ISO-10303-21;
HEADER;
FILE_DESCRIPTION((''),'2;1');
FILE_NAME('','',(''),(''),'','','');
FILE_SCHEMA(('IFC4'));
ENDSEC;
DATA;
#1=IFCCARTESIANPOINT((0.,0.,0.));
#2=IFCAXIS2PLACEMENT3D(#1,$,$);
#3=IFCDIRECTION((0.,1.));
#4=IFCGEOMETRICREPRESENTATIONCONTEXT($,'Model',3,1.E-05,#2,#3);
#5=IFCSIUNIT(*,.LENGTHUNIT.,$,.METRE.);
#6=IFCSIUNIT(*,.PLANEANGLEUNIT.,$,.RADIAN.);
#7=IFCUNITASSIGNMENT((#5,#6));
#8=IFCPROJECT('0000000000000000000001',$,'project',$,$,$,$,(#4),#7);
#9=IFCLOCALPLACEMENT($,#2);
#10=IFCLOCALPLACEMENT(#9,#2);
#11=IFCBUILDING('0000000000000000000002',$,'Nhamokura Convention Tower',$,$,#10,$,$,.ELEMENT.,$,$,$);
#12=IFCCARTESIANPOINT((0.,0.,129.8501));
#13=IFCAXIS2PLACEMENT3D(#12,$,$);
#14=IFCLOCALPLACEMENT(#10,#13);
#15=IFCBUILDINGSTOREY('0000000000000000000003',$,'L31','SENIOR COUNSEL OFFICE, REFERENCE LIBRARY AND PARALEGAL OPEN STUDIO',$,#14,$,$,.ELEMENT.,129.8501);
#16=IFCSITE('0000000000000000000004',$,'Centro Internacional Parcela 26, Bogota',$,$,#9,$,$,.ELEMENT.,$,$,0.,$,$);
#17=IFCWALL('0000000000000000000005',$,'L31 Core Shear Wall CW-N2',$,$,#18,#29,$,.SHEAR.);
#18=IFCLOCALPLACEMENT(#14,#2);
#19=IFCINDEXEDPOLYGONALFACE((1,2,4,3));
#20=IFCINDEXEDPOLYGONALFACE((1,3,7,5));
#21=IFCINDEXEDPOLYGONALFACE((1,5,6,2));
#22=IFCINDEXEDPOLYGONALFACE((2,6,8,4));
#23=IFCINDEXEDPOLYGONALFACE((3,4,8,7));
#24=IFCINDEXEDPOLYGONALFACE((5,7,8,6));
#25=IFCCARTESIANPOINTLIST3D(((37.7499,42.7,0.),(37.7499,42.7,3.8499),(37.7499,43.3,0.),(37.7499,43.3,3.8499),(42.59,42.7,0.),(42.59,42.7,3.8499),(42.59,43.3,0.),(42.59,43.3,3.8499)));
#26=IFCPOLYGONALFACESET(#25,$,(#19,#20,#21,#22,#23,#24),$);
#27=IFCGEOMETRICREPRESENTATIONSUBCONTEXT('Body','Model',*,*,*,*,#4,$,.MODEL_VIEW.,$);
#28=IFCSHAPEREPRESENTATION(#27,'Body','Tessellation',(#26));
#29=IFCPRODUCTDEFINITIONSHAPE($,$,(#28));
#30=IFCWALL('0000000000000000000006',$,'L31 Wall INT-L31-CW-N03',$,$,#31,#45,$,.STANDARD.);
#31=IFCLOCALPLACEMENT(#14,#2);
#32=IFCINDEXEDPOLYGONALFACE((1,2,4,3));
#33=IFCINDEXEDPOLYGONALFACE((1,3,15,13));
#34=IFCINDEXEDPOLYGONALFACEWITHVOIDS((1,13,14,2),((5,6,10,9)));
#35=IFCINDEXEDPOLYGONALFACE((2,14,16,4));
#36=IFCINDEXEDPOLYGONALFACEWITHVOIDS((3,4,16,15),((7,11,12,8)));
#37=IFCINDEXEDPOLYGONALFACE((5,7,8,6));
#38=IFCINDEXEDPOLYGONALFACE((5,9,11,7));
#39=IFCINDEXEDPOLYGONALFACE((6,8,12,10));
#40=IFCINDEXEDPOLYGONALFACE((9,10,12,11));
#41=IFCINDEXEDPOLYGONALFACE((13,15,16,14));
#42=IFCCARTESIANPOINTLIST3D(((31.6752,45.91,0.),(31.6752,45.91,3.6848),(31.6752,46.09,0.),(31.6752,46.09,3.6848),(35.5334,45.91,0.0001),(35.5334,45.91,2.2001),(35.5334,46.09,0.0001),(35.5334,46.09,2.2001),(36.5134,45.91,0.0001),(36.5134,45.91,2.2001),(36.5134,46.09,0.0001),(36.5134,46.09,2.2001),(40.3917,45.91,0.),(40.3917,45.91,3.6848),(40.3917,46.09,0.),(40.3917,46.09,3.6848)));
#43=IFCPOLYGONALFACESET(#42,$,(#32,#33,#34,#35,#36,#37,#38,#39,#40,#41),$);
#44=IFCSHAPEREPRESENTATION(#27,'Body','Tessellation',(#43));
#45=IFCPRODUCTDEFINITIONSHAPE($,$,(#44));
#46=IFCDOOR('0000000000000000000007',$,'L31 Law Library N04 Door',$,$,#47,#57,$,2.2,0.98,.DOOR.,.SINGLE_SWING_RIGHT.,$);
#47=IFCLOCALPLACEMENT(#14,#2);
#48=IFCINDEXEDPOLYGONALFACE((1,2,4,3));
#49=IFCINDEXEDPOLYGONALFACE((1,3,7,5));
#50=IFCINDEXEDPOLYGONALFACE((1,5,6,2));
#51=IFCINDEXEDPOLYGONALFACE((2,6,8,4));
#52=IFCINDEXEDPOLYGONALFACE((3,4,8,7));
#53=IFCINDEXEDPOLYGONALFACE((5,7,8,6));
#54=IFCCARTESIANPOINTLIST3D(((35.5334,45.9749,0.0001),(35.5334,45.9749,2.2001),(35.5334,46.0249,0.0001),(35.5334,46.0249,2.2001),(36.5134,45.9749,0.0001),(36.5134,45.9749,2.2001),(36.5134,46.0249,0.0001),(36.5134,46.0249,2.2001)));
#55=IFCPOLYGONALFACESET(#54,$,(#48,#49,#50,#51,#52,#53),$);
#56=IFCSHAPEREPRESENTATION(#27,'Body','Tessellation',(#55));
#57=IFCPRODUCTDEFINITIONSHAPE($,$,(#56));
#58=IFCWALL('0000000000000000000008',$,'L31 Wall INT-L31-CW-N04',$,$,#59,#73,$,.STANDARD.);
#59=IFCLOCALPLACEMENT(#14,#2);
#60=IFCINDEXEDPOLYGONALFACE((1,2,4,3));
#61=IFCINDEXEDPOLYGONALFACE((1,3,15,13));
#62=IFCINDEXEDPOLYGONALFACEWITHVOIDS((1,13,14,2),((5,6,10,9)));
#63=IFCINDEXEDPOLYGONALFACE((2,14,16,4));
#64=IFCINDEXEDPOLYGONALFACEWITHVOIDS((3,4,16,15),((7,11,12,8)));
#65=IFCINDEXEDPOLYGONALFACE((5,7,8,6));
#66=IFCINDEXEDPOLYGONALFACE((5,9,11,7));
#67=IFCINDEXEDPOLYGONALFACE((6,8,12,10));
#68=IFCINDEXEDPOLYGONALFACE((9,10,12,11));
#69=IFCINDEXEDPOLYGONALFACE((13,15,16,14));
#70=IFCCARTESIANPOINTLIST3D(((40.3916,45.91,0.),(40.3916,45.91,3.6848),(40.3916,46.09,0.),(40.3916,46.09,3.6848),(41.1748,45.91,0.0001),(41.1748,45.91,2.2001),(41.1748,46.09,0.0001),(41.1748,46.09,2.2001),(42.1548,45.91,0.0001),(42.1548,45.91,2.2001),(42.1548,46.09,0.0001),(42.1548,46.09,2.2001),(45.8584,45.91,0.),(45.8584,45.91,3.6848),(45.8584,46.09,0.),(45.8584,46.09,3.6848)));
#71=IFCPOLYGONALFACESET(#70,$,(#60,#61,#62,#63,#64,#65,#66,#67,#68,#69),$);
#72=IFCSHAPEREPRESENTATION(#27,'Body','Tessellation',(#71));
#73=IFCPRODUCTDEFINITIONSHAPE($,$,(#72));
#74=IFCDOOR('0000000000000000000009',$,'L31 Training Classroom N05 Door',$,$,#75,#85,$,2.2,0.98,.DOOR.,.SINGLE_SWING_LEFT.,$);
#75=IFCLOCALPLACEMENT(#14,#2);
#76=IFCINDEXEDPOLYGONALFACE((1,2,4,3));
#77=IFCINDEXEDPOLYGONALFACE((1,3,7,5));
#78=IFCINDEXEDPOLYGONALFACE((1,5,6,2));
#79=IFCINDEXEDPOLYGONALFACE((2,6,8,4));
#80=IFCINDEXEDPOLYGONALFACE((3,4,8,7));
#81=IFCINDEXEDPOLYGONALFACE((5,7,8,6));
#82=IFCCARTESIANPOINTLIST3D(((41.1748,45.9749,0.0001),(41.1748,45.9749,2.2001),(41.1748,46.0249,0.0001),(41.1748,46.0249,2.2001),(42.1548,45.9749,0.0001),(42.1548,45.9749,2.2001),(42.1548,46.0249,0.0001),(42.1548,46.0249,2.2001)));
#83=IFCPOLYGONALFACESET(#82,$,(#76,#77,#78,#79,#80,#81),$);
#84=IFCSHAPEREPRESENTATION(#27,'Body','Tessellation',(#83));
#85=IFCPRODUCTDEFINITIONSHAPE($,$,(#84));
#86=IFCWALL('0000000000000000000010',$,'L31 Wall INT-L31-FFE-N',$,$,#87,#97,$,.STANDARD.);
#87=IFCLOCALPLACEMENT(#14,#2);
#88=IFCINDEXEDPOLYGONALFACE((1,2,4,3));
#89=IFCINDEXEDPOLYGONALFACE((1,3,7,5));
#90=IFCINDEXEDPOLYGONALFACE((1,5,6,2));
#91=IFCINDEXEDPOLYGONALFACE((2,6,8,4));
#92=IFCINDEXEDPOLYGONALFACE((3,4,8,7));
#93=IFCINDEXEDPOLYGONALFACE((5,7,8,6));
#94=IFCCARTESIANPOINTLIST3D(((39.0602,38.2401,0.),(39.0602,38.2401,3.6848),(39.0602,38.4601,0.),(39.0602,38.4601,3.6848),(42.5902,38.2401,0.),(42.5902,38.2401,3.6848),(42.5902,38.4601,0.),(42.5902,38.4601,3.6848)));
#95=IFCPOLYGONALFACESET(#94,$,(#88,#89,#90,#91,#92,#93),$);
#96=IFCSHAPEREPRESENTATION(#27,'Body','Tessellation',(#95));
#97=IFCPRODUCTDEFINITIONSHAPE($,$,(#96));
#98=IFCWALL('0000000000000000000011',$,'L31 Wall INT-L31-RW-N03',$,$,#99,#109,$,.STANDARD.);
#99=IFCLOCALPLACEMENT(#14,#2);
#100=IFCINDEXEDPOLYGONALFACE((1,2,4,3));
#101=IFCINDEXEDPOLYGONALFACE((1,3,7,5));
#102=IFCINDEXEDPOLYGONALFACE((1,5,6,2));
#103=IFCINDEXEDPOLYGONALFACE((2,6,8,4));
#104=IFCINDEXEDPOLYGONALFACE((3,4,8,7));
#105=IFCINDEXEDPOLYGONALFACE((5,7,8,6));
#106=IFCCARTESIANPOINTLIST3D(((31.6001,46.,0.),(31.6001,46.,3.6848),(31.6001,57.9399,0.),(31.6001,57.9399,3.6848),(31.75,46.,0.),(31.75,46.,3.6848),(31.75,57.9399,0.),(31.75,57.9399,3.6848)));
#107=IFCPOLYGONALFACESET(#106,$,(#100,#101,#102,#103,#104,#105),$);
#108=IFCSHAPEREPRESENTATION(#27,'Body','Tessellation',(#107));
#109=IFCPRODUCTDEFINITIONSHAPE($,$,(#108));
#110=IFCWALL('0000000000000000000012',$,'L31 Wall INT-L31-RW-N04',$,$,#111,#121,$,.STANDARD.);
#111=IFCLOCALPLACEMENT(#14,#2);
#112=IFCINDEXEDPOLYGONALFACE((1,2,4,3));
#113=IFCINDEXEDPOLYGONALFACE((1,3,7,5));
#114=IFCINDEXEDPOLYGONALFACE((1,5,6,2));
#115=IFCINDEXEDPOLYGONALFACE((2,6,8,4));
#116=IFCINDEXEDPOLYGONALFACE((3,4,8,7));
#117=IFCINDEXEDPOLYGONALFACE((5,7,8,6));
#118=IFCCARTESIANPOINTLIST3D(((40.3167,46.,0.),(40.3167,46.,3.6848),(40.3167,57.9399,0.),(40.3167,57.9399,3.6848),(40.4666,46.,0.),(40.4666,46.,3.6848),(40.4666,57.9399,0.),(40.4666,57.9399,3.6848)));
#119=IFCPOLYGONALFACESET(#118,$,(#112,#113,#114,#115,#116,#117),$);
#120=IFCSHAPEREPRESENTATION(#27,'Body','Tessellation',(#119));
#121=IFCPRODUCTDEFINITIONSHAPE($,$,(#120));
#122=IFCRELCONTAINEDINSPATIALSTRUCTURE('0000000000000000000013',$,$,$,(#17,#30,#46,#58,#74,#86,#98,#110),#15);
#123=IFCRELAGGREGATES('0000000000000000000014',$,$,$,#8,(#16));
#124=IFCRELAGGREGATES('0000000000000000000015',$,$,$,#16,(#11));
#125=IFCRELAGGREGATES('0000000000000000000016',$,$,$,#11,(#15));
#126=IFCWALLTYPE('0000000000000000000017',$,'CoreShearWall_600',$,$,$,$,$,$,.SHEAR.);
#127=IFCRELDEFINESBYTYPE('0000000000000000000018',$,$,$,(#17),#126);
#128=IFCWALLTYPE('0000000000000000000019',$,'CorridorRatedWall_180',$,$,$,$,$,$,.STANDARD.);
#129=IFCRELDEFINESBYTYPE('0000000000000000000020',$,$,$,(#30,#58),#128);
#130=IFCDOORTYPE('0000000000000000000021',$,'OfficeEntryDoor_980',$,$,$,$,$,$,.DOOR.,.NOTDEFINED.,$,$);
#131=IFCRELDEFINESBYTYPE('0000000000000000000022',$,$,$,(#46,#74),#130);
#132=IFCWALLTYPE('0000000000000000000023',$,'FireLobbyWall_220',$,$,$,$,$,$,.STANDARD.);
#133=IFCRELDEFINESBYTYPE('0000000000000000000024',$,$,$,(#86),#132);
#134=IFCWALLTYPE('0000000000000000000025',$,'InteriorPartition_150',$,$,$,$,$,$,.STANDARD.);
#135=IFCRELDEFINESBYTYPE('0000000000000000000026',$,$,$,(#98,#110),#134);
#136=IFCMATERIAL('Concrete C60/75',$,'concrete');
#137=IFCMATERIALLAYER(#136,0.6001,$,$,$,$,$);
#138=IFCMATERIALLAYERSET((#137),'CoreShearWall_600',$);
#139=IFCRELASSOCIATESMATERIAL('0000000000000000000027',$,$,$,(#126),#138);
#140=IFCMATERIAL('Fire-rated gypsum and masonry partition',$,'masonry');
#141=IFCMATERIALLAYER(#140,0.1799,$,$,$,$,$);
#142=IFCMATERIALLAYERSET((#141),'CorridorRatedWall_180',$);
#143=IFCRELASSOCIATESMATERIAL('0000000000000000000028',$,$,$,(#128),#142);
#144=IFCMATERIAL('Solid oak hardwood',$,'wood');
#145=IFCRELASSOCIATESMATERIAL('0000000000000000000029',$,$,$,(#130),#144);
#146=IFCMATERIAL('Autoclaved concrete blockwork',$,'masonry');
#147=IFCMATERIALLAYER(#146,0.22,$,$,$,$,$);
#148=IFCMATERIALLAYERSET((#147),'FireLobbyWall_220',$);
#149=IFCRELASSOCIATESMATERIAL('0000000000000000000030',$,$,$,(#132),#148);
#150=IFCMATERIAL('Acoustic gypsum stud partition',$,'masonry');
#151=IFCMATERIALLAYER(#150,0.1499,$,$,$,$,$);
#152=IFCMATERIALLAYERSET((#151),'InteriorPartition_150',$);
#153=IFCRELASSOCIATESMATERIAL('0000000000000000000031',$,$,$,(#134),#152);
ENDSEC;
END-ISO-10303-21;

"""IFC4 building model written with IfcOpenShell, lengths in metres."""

from ifc_helpers import new_model, si_unit, direction, frame, frame_2d, origin, place, context, subcontext, project, spatial, rectangle, extrude, material, layer, layer_set, type_object, element, fill, save


model = new_model("IFC4")

# Units and contexts
model_context = context("Model", 3, precision=1e-05, world=origin(), true_north=direction((0.0, 1.0)))
body_context = subcontext(model_context, "Body", "Model", "MODEL_VIEW")
ifc_project = project(units=[si_unit("LENGTHUNIT", "METRE"), si_unit("PLANEANGLEUNIT", "RADIAN")], contexts=[model_context])

# Site, building, storey
site_placement = place(None, origin())
site = spatial("IfcSite", under=ifc_project, at=site_placement, Name="Centro Internacional Parcela 26, Bogota", CompositionType="ELEMENT", RefElevation=0.0)
building_placement = place(site_placement, origin())
building = spatial("IfcBuilding", under=site, at=building_placement, Name="Nhamokura Convention Tower", CompositionType="ELEMENT")
storey_placement = place(building_placement, frame((0.0, 0.0, 129.8501)))
storey = spatial("IfcBuildingStorey", under=building, at=storey_placement, Name="L31", Description="SENIOR COUNSEL OFFICE, REFERENCE LIBRARY AND PARALEGAL OPEN STUDIO", CompositionType="ELEMENT", Elevation=129.8501)

# Wall
ifc_material_1 = material(Name="Concrete C60/75", Category="concrete")
ifc_layer_1 = layer(ifc_material_1, 0.6001)
ifc_layer_set_1 = layer_set([ifc_layer_1], Name="CoreShearWall_600")
wall_type_1 = type_object("IfcWallType", Name="CoreShearWall_600", PredefinedType="SHEAR", material=ifc_layer_set_1)
wall_1_placement = place(storey_placement, frame((37.75, 43.0, 0.0), z_axis=(0.0, 0.0, 1.0), x_axis=(1.0, 0.0, 0.0)))
element("IfcWall", 1, at=wall_1_placement, inside=storey, type_object=wall_type_1, Name="L31 Core Shear Wall CW-N2", PredefinedType="SHEAR", context=body_context, shape_type="SweptSolid", body=[
    extrude(rectangle(XDim=4.8401, YDim=0.6001, at=frame_2d((2.4199, 0.0))), origin(), (0.0, 0.0, 1.0), 3.8499),
])

# Walls, openings, doors
ifc_material_2 = material(Name="Fire-rated gypsum and masonry partition", Category="masonry")
ifc_layer_2 = layer(ifc_material_2, 0.1799)
ifc_layer_set_2 = layer_set([ifc_layer_2], Name="CorridorRatedWall_180")
wall_type_2 = type_object("IfcWallType", Name="CorridorRatedWall_180", PredefinedType="STANDARD", material=ifc_layer_set_2)
wall_2_placement = place(storey_placement, frame((31.675, 46.0, 0.0), z_axis=(0.0, 0.0, 1.0), x_axis=(1.0, 0.0, 0.0)))
wall_2 = element("IfcWall", 2, at=wall_2_placement, inside=storey, type_object=wall_type_2, Name="L31 Wall INT-L31-CW-N03", PredefinedType="STANDARD", context=body_context, shape_type="SweptSolid", body=[
    extrude(rectangle(XDim=8.7166, YDim=0.1799, at=frame_2d((4.3584, 0.0))), origin(), (0.0, 0.0, 1.0), 3.6848),
])
opening_1_placement = place(wall_2_placement, frame((3.8584, 0.0, 0.0)))
opening_1 = element("IfcOpeningElement", 3, at=opening_1_placement, cuts=wall_2, PredefinedType="OPENING", context=body_context, shape_type="SweptSolid", body=[
    extrude(rectangle(XDim=0.98, YDim=2.2, at=frame_2d((0.49, 1.1001))), frame((0.0, 0.0999, 0.0), z_axis=(0.0, -1.0, 0.0), x_axis=(1.0, 0.0, 0.0)), (0.0, 0.0, 1.0), 0.2),
])
ifc_material_3 = material(Name="Solid oak hardwood", Category="wood")
door_type = type_object("IfcDoorType", Name="OfficeEntryDoor_980", OperationType="NOTDEFINED", PredefinedType="DOOR", material=ifc_material_3)
door_1_placement = place(opening_1_placement, origin())
door_1 = element("IfcDoor", 4, at=door_1_placement, inside=storey, type_object=door_type, Name="L31 Law Library N04 Door", OperationType="SINGLE_SWING_RIGHT", OverallHeight=2.2, OverallWidth=0.98, PredefinedType="DOOR", context=body_context, shape_type="SweptSolid", body=[
    extrude(rectangle(XDim=0.98, YDim=2.2, at=frame_2d((0.49, 1.1001))), frame((0.0, 0.0249, 0.0), z_axis=(0.0, -1.0, 0.0), x_axis=(1.0, 0.0, 0.0)), (0.0, 0.0, 1.0), 0.05),
])
fill(opening_1, door_1)
wall_3_placement = place(storey_placement, frame((40.3916, 46.0, 0.0), z_axis=(0.0, 0.0, 1.0), x_axis=(1.0, 0.0, 0.0)))
wall_3 = element("IfcWall", 5, at=wall_3_placement, inside=storey, type_object=wall_type_2, Name="L31 Wall INT-L31-CW-N04", PredefinedType="STANDARD", context=body_context, shape_type="SweptSolid", body=[
    extrude(rectangle(XDim=5.4668, YDim=0.1799, at=frame_2d((2.7334, 0.0))), origin(), (0.0, 0.0, 1.0), 3.6848),
])
opening_2_placement = place(wall_3_placement, frame((0.7832, 0.0, 0.0)))
opening_2 = element("IfcOpeningElement", 6, at=opening_2_placement, cuts=wall_3, PredefinedType="OPENING", context=body_context, shape_type="SweptSolid", body=[
    extrude(rectangle(XDim=0.98, YDim=2.2, at=frame_2d((0.49, 1.1001))), frame((0.0, 0.0999, 0.0), z_axis=(0.0, -1.0, 0.0), x_axis=(1.0, 0.0, 0.0)), (0.0, 0.0, 1.0), 0.2),
])
door_2_placement = place(opening_2_placement, origin())
door_2 = element("IfcDoor", 7, at=door_2_placement, inside=storey, type_object=door_type, Name="L31 Training Classroom N05 Door", OperationType="SINGLE_SWING_LEFT", OverallHeight=2.2, OverallWidth=0.98, PredefinedType="DOOR", context=body_context, shape_type="SweptSolid", body=[
    extrude(rectangle(XDim=0.98, YDim=2.2, at=frame_2d((0.49, 1.1001))), frame((0.0, 0.0249, 0.0), z_axis=(0.0, -1.0, 0.0), x_axis=(1.0, 0.0, 0.0)), (0.0, 0.0, 1.0), 0.05),
])
fill(opening_2, door_2)

# Walls
ifc_material_4 = material(Name="Autoclaved concrete blockwork", Category="masonry")
ifc_layer_3 = layer(ifc_material_4, 0.22)
ifc_layer_set_3 = layer_set([ifc_layer_3], Name="FireLobbyWall_220")
wall_type_3 = type_object("IfcWallType", Name="FireLobbyWall_220", PredefinedType="STANDARD", material=ifc_layer_set_3)
wall_4_placement = place(storey_placement, frame((39.0601, 38.3501, 0.0), z_axis=(0.0, 0.0, 1.0), x_axis=(1.0, 0.0, 0.0)))
element("IfcWall", 8, at=wall_4_placement, inside=storey, type_object=wall_type_3, Name="L31 Wall INT-L31-FFE-N", PredefinedType="STANDARD", context=body_context, shape_type="SweptSolid", body=[
    extrude(rectangle(XDim=3.53, YDim=0.22, at=frame_2d((1.7651, 0.0))), origin(), (0.0, 0.0, 1.0), 3.6848),
])
ifc_material_5 = material(Name="Acoustic gypsum stud partition", Category="masonry")
ifc_layer_4 = layer(ifc_material_5, 0.1499)
ifc_layer_set_4 = layer_set([ifc_layer_4], Name="InteriorPartition_150")
wall_type_4 = type_object("IfcWallType", Name="InteriorPartition_150", PredefinedType="STANDARD", material=ifc_layer_set_4)
for number, where, z_axis, x_axis, name in (
    (9, (31.675, 46.0, 0.0), (0.0, 0.0, 1.0), (0.0, 1.0, 0.0), "L31 Wall INT-L31-RW-N03"),
    (10, (40.3916, 46.0, 0.0), (0.0, 0.0, 1.0), (0.0, 1.0, 0.0), "L31 Wall INT-L31-RW-N04"),
):
    element("IfcWall", number, at=place(storey_placement, frame(where, z_axis=z_axis, x_axis=x_axis)), inside=storey, type_object=wall_type_4, Name=name, PredefinedType="STANDARD", context=body_context, shape_type="SweptSolid", body=[
        extrude(rectangle(XDim=11.9399, YDim=0.1499, at=frame_2d((5.97, 0.0))), origin(), (0.0, 0.0, 1.0), 3.6848),
    ])

save(model, "model.ifc")
